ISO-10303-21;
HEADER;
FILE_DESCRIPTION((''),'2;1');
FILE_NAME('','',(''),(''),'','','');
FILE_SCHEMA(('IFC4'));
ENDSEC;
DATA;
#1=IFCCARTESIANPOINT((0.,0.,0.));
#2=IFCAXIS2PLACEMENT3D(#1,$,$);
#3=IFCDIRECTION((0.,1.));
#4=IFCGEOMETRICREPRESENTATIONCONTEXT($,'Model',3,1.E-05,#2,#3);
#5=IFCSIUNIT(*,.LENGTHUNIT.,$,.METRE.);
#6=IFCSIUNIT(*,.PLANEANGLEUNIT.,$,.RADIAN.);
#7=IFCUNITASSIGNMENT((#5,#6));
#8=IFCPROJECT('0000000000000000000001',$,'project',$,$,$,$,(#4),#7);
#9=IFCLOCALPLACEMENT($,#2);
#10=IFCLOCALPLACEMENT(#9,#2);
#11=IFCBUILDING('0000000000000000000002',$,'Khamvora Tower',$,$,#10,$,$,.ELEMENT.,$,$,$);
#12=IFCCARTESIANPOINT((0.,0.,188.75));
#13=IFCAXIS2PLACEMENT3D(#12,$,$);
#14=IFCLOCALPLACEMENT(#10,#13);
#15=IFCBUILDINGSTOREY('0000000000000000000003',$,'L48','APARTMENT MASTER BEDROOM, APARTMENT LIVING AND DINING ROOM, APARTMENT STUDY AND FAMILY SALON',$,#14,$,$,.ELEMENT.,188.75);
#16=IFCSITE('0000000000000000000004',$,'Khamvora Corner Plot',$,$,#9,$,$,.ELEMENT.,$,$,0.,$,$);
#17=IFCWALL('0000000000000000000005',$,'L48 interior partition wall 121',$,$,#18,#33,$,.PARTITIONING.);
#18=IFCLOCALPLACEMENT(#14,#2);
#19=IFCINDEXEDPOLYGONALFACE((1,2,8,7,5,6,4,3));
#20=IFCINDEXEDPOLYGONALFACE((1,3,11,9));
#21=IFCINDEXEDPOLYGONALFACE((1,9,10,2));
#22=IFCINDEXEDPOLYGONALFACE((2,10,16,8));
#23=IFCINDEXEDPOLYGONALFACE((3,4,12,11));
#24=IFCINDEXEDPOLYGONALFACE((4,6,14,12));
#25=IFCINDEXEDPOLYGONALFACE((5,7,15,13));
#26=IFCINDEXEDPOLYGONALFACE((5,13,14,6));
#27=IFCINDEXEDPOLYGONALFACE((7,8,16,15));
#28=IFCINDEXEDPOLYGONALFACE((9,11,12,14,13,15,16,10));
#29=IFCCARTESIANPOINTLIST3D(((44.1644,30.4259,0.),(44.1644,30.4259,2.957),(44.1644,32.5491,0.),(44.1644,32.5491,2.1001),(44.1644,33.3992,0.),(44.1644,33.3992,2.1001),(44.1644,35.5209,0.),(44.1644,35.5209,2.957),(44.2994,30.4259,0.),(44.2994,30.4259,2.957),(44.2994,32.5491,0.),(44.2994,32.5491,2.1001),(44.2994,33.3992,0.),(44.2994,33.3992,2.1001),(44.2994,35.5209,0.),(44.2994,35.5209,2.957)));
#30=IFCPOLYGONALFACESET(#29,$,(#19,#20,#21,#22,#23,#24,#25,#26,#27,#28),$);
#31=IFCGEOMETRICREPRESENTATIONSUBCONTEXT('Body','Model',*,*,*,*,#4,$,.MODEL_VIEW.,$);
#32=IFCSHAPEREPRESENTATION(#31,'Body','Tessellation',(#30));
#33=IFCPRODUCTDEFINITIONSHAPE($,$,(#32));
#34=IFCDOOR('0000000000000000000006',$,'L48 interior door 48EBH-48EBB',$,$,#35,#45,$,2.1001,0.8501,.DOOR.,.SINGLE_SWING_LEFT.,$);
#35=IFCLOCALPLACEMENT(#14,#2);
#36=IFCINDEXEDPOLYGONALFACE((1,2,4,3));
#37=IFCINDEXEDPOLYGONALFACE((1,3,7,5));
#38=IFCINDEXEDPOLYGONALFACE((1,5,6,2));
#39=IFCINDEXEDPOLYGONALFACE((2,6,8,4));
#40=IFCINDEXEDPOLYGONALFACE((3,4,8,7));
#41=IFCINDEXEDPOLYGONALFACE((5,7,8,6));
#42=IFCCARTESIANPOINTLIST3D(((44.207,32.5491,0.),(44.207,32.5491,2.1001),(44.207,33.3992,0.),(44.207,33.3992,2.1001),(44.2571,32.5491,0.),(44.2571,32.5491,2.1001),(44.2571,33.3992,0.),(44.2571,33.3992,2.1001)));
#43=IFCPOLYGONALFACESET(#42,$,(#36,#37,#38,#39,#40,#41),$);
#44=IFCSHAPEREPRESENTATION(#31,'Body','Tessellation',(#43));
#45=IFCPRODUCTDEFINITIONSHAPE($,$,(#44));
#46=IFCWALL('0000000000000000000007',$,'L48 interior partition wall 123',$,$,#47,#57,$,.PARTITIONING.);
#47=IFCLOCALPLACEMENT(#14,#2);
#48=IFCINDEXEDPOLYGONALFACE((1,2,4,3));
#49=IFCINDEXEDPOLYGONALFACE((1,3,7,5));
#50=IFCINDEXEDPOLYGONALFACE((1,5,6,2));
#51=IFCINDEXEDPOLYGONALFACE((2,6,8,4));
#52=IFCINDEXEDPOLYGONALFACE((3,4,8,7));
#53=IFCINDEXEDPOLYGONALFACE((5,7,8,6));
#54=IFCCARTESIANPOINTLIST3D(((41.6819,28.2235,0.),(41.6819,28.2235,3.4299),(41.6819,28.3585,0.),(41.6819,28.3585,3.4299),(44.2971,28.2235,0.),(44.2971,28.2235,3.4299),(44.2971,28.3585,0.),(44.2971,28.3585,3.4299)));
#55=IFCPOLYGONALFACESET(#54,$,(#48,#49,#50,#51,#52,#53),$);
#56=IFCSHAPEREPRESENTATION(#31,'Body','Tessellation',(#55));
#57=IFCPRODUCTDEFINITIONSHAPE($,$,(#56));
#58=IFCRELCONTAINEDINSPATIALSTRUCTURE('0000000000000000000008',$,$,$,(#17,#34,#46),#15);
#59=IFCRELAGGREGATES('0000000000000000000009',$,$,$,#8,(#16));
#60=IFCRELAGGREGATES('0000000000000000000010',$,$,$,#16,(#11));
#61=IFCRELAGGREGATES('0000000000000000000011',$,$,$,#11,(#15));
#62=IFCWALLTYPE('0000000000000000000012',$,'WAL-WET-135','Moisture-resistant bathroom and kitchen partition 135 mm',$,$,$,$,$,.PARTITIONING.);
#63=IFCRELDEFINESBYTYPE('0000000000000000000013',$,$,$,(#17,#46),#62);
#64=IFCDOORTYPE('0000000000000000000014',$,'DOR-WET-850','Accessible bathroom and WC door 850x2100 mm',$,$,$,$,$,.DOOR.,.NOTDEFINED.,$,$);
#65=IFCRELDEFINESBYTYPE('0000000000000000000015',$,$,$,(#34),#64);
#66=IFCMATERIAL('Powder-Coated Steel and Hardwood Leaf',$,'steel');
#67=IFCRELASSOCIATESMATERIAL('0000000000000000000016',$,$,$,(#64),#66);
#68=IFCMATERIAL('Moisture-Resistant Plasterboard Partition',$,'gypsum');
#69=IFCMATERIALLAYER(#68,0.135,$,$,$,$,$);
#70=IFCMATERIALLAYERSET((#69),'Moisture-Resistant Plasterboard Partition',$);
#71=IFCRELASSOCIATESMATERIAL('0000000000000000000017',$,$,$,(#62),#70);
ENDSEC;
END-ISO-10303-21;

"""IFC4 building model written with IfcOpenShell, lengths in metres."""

from ifc_helpers import new_model, si_unit, direction, frame, frame_2d, origin, place, context, subcontext, project, spatial, rectangle, extrude, material, layer, layer_set, type_object, element, fill, save


model = new_model("IFC4")

# Units and contexts
model_context = context("Model", 3, precision=1e-05, world=origin(), true_north=direction((0.0, 1.0)))
body_context = subcontext(model_context, "Body", "Model", "MODEL_VIEW")
ifc_project = project(units=[si_unit("LENGTHUNIT", "METRE"), si_unit("PLANEANGLEUNIT", "RADIAN")], contexts=[model_context])

# Site, building, storey
site_placement = place(None, origin())
site = spatial("IfcSite", under=ifc_project, at=site_placement, Name="Khamvora Corner Plot", CompositionType="ELEMENT", RefElevation=0.0)
building_placement = place(site_placement, origin())
building = spatial("IfcBuilding", under=site, at=building_placement, Name="Khamvora Tower", CompositionType="ELEMENT")
storey_placement = place(building_placement, frame((0.0, 0.0, 188.75)))
storey = spatial("IfcBuildingStorey", under=building, at=storey_placement, Name="L48", Description="APARTMENT MASTER BEDROOM, APARTMENT LIVING AND DINING ROOM, APARTMENT STUDY AND FAMILY SALON", CompositionType="ELEMENT", Elevation=188.75)

# Shared definitions
ifc_material_1 = material(Name="Powder-Coated Steel and Hardwood Leaf", Category="steel")

# Shared definitions
door_type_1 = type_object("IfcDoorType", Name="DOR-WET-850", Description="Accessible bathroom and WC door 850x2100 mm", OperationType="NOTDEFINED", PredefinedType="DOOR", material=ifc_material_1)

# Shared definitions
ifc_material_2 = material(Name="Moisture-Resistant Plasterboard Partition", Category="gypsum")
ifc_layer_1 = layer(ifc_material_2, 0.135)
ifc_layer_set_1 = layer_set([ifc_layer_1], Name="Moisture-Resistant Plasterboard Partition")
wall_type_1 = type_object("IfcWallType", Name="WAL-WET-135", Description="Moisture-resistant bathroom and kitchen partition 135 mm", PredefinedType="PARTITIONING", material=ifc_layer_set_1)

# Wall, opening, door
wall_1_placement = place(storey_placement, frame((44.2319, 30.426, 0.0), z_axis=(0.0, 0.0, 1.0), x_axis=(0.0, 1.0, 0.0)))
wall_1 = element("IfcWall", 1, at=wall_1_placement, inside=storey, type_object=wall_type_1, Name="L48 interior partition wall 121", PredefinedType="PARTITIONING", context=body_context, shape_type="SweptSolid", body=[
    extrude(rectangle(XDim=5.095, YDim=0.135, at=frame_2d((2.5474, 0.0))), origin(), (0.0, 0.0, 1.0), 2.957),
])
opening_1_placement = place(wall_1_placement, frame((2.123, 0.0, 0.0)))
opening_1 = element("IfcOpeningElement", 2, at=opening_1_placement, cuts=wall_1, PredefinedType="OPENING", context=body_context, shape_type="SweptSolid", body=[
    extrude(rectangle(XDim=0.8501, YDim=2.1001, at=frame_2d((0.425, 1.05))), frame((0.0, 0.0774, 0.0), z_axis=(0.0, -1.0, 0.0), x_axis=(1.0, 0.0, 0.0)), (0.0, 0.0, 1.0), 0.155),
])
door_1_placement = place(opening_1_placement, origin())
door_1 = element("IfcDoor", 3, at=door_1_placement, inside=storey, type_object=door_type_1, Name="L48 interior door 48EBH-48EBB", OperationType="SINGLE_SWING_LEFT", OverallHeight=2.1001, OverallWidth=0.8501, PredefinedType="DOOR", context=body_context, shape_type="SweptSolid", body=[
    extrude(rectangle(XDim=0.8501, YDim=2.1001, at=frame_2d((0.425, 1.05))), frame((0.0, 0.0249, 0.0), z_axis=(0.0, -1.0, 0.0), x_axis=(1.0, 0.0, 0.0)), (0.0, 0.0, 1.0), 0.05),
])
fill(opening_1, door_1)

# Wall
wall_2_placement = place(storey_placement, frame((44.2971, 28.291, 0.0), z_axis=(0.0, 0.0, 1.0), x_axis=(-1.0, 0.0, 0.0)))
element("IfcWall", 4, at=wall_2_placement, inside=storey, type_object=wall_type_1, Name="L48 interior partition wall 123", PredefinedType="PARTITIONING", context=body_context, shape_type="SweptSolid", body=[
    extrude(rectangle(XDim=2.6152, YDim=0.135, at=frame_2d((1.3076, 0.0))), origin(), (0.0, 0.0, 1.0), 3.4299),
])

save(model, "model.ifc")
